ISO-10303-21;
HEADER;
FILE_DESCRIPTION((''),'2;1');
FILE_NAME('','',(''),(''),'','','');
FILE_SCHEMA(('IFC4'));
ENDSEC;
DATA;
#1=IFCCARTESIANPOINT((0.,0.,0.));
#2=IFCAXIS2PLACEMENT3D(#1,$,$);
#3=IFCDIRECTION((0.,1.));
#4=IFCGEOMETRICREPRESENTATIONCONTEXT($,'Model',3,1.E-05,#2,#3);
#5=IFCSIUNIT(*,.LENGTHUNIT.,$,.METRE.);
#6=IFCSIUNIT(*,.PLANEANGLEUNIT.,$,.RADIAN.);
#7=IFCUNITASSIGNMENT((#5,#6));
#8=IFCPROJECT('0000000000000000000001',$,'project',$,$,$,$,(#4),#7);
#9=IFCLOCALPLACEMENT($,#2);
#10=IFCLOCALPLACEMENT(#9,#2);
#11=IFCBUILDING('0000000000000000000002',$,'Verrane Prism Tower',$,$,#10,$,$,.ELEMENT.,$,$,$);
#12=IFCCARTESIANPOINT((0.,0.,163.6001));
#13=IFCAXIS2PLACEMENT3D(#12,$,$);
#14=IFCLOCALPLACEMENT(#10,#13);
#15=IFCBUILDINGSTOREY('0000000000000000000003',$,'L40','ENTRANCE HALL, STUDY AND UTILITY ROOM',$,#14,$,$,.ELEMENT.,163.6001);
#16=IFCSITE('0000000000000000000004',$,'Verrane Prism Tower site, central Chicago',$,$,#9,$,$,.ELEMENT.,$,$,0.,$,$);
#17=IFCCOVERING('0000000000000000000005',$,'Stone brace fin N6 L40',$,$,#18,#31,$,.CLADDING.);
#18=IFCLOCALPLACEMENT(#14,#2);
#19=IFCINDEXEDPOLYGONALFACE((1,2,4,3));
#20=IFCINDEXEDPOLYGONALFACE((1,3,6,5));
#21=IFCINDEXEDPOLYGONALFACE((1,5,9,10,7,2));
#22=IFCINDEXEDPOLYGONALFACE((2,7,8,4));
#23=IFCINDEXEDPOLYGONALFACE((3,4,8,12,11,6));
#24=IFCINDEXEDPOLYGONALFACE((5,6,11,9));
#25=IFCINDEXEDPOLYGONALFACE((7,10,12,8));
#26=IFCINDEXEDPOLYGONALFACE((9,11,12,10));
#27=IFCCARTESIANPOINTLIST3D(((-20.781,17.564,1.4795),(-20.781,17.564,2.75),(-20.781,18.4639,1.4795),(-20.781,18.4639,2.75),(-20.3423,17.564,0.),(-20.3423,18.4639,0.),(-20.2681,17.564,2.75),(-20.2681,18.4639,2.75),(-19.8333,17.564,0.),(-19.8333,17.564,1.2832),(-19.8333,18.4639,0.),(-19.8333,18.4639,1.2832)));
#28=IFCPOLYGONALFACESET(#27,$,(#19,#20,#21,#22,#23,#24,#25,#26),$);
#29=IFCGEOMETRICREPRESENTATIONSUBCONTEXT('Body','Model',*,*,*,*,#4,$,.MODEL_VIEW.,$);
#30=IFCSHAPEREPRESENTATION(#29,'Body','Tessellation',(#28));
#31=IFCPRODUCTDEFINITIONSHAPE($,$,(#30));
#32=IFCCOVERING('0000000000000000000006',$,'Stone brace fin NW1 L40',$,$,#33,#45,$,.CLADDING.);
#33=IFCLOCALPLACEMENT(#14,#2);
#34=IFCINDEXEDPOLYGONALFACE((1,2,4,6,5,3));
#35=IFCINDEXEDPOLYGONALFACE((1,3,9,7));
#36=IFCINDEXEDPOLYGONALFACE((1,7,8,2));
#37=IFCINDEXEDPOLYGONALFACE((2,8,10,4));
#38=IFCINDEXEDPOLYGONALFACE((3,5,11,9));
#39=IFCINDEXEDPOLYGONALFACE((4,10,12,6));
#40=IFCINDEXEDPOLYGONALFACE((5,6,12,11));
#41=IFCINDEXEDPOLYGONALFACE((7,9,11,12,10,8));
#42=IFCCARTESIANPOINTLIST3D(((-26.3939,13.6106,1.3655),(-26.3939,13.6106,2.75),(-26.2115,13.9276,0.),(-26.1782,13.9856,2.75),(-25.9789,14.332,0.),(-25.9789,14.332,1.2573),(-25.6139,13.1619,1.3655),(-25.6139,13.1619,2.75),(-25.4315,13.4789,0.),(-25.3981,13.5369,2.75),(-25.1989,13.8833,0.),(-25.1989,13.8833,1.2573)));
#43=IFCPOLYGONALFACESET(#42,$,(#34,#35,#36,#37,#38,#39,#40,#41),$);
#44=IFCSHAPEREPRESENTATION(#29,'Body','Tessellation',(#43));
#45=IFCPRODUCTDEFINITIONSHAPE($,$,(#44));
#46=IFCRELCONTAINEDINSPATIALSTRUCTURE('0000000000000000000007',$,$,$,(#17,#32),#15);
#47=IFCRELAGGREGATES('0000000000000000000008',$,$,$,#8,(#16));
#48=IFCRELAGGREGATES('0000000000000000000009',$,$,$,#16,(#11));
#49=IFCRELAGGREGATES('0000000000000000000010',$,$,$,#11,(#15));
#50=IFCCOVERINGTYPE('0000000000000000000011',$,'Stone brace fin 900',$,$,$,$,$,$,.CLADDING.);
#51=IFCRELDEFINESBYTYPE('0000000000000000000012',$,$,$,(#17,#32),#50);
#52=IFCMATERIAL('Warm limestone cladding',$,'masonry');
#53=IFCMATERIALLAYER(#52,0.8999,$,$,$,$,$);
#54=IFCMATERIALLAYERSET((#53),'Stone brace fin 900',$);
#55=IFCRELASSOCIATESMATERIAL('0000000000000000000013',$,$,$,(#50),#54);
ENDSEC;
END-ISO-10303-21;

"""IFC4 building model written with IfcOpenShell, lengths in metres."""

from ifc_helpers import new_model, si_unit, direction, frame, origin, place, context, subcontext, project, spatial, polyline, outline, extrude, material, layer, layer_set, type_object, element, save


model = new_model("IFC4")

# Units and contexts
model_context = context("Model", 3, precision=1e-05, world=origin(), true_north=direction((0.0, 1.0)))
body_context = subcontext(model_context, "Body", "Model", "MODEL_VIEW")
ifc_project = project(units=[si_unit("LENGTHUNIT", "METRE"), si_unit("PLANEANGLEUNIT", "RADIAN")], contexts=[model_context])

# Site, building, storey
site_placement = place(None, origin())
site = spatial("IfcSite", under=ifc_project, at=site_placement, Name="Verrane Prism Tower site, central Chicago", CompositionType="ELEMENT", RefElevation=0.0)
building_placement = place(site_placement, origin())
building = spatial("IfcBuilding", under=site, at=building_placement, Name="Verrane Prism Tower", CompositionType="ELEMENT")
storey_placement = place(building_placement, frame((0.0, 0.0, 163.6001)))
storey = spatial("IfcBuildingStorey", under=building, at=storey_placement, Name="L40", Description="ENTRANCE HALL, STUDY AND UTILITY ROOM", CompositionType="ELEMENT", Elevation=163.6001)

# Coverings
ifc_material_1 = material(Name="Warm limestone cladding", Category="masonry")
ifc_layer_1 = layer(ifc_material_1, 0.8999)
ifc_layer_set_1 = layer_set([ifc_layer_1], Name="Stone brace fin 900")
covering_type = type_object("IfcCoveringType", Name="Stone brace fin 900", PredefinedType="CLADDING", material=ifc_layer_set_1)
covering_1_placement = place(storey_placement, frame((-19.8333, 18.0139, 0.0), z_axis=(0.0, 0.0, 1.0), x_axis=(-1.0, 0.0, 0.0)))
element("IfcCovering", 1, at=covering_1_placement, inside=storey, type_object=covering_type, Name="Stone brace fin N6 L40", PredefinedType="CLADDING", context=body_context, shape_type="SweptSolid", body=[
    extrude(outline(polyline([(0.9478, 2.75), (0.4348, 2.75), (0.0, 1.2832), (0.0, 0.0), (0.509, 0.0), (0.9478, 1.4795), (0.9478, 2.75)])), frame((0.0, 0.45, 0.0), z_axis=(0.0, -1.0, 0.0), x_axis=(1.0, 0.0, 0.0)), (0.0, 0.0, 1.0), 0.8999),
])
covering_2_placement = place(storey_placement, frame((-25.5889, 14.1077, 0.0), z_axis=(0.0, 0.0, 1.0), x_axis=(-0.498664, -0.866795, 0.0)))
element("IfcCovering", 2, at=covering_2_placement, inside=storey, type_object=covering_type, Name="Stone brace fin NW1 L40", PredefinedType="CLADDING", context=body_context, shape_type="SweptSolid", body=[
    extrude(outline(polyline([(0.8323, 2.75), (0.3997, 2.75), (0.0, 1.2573), (0.0, 0.0), (0.4666, 0.0), (0.8323, 1.3655), (0.8323, 2.75)])), frame((0.0, 0.45, 0.0), z_axis=(0.0, -1.0, 0.0), x_axis=(1.0, 0.0, 0.0)), (0.0, 0.0, 1.0), 0.8999),
])

save(model, "model.ifc")
